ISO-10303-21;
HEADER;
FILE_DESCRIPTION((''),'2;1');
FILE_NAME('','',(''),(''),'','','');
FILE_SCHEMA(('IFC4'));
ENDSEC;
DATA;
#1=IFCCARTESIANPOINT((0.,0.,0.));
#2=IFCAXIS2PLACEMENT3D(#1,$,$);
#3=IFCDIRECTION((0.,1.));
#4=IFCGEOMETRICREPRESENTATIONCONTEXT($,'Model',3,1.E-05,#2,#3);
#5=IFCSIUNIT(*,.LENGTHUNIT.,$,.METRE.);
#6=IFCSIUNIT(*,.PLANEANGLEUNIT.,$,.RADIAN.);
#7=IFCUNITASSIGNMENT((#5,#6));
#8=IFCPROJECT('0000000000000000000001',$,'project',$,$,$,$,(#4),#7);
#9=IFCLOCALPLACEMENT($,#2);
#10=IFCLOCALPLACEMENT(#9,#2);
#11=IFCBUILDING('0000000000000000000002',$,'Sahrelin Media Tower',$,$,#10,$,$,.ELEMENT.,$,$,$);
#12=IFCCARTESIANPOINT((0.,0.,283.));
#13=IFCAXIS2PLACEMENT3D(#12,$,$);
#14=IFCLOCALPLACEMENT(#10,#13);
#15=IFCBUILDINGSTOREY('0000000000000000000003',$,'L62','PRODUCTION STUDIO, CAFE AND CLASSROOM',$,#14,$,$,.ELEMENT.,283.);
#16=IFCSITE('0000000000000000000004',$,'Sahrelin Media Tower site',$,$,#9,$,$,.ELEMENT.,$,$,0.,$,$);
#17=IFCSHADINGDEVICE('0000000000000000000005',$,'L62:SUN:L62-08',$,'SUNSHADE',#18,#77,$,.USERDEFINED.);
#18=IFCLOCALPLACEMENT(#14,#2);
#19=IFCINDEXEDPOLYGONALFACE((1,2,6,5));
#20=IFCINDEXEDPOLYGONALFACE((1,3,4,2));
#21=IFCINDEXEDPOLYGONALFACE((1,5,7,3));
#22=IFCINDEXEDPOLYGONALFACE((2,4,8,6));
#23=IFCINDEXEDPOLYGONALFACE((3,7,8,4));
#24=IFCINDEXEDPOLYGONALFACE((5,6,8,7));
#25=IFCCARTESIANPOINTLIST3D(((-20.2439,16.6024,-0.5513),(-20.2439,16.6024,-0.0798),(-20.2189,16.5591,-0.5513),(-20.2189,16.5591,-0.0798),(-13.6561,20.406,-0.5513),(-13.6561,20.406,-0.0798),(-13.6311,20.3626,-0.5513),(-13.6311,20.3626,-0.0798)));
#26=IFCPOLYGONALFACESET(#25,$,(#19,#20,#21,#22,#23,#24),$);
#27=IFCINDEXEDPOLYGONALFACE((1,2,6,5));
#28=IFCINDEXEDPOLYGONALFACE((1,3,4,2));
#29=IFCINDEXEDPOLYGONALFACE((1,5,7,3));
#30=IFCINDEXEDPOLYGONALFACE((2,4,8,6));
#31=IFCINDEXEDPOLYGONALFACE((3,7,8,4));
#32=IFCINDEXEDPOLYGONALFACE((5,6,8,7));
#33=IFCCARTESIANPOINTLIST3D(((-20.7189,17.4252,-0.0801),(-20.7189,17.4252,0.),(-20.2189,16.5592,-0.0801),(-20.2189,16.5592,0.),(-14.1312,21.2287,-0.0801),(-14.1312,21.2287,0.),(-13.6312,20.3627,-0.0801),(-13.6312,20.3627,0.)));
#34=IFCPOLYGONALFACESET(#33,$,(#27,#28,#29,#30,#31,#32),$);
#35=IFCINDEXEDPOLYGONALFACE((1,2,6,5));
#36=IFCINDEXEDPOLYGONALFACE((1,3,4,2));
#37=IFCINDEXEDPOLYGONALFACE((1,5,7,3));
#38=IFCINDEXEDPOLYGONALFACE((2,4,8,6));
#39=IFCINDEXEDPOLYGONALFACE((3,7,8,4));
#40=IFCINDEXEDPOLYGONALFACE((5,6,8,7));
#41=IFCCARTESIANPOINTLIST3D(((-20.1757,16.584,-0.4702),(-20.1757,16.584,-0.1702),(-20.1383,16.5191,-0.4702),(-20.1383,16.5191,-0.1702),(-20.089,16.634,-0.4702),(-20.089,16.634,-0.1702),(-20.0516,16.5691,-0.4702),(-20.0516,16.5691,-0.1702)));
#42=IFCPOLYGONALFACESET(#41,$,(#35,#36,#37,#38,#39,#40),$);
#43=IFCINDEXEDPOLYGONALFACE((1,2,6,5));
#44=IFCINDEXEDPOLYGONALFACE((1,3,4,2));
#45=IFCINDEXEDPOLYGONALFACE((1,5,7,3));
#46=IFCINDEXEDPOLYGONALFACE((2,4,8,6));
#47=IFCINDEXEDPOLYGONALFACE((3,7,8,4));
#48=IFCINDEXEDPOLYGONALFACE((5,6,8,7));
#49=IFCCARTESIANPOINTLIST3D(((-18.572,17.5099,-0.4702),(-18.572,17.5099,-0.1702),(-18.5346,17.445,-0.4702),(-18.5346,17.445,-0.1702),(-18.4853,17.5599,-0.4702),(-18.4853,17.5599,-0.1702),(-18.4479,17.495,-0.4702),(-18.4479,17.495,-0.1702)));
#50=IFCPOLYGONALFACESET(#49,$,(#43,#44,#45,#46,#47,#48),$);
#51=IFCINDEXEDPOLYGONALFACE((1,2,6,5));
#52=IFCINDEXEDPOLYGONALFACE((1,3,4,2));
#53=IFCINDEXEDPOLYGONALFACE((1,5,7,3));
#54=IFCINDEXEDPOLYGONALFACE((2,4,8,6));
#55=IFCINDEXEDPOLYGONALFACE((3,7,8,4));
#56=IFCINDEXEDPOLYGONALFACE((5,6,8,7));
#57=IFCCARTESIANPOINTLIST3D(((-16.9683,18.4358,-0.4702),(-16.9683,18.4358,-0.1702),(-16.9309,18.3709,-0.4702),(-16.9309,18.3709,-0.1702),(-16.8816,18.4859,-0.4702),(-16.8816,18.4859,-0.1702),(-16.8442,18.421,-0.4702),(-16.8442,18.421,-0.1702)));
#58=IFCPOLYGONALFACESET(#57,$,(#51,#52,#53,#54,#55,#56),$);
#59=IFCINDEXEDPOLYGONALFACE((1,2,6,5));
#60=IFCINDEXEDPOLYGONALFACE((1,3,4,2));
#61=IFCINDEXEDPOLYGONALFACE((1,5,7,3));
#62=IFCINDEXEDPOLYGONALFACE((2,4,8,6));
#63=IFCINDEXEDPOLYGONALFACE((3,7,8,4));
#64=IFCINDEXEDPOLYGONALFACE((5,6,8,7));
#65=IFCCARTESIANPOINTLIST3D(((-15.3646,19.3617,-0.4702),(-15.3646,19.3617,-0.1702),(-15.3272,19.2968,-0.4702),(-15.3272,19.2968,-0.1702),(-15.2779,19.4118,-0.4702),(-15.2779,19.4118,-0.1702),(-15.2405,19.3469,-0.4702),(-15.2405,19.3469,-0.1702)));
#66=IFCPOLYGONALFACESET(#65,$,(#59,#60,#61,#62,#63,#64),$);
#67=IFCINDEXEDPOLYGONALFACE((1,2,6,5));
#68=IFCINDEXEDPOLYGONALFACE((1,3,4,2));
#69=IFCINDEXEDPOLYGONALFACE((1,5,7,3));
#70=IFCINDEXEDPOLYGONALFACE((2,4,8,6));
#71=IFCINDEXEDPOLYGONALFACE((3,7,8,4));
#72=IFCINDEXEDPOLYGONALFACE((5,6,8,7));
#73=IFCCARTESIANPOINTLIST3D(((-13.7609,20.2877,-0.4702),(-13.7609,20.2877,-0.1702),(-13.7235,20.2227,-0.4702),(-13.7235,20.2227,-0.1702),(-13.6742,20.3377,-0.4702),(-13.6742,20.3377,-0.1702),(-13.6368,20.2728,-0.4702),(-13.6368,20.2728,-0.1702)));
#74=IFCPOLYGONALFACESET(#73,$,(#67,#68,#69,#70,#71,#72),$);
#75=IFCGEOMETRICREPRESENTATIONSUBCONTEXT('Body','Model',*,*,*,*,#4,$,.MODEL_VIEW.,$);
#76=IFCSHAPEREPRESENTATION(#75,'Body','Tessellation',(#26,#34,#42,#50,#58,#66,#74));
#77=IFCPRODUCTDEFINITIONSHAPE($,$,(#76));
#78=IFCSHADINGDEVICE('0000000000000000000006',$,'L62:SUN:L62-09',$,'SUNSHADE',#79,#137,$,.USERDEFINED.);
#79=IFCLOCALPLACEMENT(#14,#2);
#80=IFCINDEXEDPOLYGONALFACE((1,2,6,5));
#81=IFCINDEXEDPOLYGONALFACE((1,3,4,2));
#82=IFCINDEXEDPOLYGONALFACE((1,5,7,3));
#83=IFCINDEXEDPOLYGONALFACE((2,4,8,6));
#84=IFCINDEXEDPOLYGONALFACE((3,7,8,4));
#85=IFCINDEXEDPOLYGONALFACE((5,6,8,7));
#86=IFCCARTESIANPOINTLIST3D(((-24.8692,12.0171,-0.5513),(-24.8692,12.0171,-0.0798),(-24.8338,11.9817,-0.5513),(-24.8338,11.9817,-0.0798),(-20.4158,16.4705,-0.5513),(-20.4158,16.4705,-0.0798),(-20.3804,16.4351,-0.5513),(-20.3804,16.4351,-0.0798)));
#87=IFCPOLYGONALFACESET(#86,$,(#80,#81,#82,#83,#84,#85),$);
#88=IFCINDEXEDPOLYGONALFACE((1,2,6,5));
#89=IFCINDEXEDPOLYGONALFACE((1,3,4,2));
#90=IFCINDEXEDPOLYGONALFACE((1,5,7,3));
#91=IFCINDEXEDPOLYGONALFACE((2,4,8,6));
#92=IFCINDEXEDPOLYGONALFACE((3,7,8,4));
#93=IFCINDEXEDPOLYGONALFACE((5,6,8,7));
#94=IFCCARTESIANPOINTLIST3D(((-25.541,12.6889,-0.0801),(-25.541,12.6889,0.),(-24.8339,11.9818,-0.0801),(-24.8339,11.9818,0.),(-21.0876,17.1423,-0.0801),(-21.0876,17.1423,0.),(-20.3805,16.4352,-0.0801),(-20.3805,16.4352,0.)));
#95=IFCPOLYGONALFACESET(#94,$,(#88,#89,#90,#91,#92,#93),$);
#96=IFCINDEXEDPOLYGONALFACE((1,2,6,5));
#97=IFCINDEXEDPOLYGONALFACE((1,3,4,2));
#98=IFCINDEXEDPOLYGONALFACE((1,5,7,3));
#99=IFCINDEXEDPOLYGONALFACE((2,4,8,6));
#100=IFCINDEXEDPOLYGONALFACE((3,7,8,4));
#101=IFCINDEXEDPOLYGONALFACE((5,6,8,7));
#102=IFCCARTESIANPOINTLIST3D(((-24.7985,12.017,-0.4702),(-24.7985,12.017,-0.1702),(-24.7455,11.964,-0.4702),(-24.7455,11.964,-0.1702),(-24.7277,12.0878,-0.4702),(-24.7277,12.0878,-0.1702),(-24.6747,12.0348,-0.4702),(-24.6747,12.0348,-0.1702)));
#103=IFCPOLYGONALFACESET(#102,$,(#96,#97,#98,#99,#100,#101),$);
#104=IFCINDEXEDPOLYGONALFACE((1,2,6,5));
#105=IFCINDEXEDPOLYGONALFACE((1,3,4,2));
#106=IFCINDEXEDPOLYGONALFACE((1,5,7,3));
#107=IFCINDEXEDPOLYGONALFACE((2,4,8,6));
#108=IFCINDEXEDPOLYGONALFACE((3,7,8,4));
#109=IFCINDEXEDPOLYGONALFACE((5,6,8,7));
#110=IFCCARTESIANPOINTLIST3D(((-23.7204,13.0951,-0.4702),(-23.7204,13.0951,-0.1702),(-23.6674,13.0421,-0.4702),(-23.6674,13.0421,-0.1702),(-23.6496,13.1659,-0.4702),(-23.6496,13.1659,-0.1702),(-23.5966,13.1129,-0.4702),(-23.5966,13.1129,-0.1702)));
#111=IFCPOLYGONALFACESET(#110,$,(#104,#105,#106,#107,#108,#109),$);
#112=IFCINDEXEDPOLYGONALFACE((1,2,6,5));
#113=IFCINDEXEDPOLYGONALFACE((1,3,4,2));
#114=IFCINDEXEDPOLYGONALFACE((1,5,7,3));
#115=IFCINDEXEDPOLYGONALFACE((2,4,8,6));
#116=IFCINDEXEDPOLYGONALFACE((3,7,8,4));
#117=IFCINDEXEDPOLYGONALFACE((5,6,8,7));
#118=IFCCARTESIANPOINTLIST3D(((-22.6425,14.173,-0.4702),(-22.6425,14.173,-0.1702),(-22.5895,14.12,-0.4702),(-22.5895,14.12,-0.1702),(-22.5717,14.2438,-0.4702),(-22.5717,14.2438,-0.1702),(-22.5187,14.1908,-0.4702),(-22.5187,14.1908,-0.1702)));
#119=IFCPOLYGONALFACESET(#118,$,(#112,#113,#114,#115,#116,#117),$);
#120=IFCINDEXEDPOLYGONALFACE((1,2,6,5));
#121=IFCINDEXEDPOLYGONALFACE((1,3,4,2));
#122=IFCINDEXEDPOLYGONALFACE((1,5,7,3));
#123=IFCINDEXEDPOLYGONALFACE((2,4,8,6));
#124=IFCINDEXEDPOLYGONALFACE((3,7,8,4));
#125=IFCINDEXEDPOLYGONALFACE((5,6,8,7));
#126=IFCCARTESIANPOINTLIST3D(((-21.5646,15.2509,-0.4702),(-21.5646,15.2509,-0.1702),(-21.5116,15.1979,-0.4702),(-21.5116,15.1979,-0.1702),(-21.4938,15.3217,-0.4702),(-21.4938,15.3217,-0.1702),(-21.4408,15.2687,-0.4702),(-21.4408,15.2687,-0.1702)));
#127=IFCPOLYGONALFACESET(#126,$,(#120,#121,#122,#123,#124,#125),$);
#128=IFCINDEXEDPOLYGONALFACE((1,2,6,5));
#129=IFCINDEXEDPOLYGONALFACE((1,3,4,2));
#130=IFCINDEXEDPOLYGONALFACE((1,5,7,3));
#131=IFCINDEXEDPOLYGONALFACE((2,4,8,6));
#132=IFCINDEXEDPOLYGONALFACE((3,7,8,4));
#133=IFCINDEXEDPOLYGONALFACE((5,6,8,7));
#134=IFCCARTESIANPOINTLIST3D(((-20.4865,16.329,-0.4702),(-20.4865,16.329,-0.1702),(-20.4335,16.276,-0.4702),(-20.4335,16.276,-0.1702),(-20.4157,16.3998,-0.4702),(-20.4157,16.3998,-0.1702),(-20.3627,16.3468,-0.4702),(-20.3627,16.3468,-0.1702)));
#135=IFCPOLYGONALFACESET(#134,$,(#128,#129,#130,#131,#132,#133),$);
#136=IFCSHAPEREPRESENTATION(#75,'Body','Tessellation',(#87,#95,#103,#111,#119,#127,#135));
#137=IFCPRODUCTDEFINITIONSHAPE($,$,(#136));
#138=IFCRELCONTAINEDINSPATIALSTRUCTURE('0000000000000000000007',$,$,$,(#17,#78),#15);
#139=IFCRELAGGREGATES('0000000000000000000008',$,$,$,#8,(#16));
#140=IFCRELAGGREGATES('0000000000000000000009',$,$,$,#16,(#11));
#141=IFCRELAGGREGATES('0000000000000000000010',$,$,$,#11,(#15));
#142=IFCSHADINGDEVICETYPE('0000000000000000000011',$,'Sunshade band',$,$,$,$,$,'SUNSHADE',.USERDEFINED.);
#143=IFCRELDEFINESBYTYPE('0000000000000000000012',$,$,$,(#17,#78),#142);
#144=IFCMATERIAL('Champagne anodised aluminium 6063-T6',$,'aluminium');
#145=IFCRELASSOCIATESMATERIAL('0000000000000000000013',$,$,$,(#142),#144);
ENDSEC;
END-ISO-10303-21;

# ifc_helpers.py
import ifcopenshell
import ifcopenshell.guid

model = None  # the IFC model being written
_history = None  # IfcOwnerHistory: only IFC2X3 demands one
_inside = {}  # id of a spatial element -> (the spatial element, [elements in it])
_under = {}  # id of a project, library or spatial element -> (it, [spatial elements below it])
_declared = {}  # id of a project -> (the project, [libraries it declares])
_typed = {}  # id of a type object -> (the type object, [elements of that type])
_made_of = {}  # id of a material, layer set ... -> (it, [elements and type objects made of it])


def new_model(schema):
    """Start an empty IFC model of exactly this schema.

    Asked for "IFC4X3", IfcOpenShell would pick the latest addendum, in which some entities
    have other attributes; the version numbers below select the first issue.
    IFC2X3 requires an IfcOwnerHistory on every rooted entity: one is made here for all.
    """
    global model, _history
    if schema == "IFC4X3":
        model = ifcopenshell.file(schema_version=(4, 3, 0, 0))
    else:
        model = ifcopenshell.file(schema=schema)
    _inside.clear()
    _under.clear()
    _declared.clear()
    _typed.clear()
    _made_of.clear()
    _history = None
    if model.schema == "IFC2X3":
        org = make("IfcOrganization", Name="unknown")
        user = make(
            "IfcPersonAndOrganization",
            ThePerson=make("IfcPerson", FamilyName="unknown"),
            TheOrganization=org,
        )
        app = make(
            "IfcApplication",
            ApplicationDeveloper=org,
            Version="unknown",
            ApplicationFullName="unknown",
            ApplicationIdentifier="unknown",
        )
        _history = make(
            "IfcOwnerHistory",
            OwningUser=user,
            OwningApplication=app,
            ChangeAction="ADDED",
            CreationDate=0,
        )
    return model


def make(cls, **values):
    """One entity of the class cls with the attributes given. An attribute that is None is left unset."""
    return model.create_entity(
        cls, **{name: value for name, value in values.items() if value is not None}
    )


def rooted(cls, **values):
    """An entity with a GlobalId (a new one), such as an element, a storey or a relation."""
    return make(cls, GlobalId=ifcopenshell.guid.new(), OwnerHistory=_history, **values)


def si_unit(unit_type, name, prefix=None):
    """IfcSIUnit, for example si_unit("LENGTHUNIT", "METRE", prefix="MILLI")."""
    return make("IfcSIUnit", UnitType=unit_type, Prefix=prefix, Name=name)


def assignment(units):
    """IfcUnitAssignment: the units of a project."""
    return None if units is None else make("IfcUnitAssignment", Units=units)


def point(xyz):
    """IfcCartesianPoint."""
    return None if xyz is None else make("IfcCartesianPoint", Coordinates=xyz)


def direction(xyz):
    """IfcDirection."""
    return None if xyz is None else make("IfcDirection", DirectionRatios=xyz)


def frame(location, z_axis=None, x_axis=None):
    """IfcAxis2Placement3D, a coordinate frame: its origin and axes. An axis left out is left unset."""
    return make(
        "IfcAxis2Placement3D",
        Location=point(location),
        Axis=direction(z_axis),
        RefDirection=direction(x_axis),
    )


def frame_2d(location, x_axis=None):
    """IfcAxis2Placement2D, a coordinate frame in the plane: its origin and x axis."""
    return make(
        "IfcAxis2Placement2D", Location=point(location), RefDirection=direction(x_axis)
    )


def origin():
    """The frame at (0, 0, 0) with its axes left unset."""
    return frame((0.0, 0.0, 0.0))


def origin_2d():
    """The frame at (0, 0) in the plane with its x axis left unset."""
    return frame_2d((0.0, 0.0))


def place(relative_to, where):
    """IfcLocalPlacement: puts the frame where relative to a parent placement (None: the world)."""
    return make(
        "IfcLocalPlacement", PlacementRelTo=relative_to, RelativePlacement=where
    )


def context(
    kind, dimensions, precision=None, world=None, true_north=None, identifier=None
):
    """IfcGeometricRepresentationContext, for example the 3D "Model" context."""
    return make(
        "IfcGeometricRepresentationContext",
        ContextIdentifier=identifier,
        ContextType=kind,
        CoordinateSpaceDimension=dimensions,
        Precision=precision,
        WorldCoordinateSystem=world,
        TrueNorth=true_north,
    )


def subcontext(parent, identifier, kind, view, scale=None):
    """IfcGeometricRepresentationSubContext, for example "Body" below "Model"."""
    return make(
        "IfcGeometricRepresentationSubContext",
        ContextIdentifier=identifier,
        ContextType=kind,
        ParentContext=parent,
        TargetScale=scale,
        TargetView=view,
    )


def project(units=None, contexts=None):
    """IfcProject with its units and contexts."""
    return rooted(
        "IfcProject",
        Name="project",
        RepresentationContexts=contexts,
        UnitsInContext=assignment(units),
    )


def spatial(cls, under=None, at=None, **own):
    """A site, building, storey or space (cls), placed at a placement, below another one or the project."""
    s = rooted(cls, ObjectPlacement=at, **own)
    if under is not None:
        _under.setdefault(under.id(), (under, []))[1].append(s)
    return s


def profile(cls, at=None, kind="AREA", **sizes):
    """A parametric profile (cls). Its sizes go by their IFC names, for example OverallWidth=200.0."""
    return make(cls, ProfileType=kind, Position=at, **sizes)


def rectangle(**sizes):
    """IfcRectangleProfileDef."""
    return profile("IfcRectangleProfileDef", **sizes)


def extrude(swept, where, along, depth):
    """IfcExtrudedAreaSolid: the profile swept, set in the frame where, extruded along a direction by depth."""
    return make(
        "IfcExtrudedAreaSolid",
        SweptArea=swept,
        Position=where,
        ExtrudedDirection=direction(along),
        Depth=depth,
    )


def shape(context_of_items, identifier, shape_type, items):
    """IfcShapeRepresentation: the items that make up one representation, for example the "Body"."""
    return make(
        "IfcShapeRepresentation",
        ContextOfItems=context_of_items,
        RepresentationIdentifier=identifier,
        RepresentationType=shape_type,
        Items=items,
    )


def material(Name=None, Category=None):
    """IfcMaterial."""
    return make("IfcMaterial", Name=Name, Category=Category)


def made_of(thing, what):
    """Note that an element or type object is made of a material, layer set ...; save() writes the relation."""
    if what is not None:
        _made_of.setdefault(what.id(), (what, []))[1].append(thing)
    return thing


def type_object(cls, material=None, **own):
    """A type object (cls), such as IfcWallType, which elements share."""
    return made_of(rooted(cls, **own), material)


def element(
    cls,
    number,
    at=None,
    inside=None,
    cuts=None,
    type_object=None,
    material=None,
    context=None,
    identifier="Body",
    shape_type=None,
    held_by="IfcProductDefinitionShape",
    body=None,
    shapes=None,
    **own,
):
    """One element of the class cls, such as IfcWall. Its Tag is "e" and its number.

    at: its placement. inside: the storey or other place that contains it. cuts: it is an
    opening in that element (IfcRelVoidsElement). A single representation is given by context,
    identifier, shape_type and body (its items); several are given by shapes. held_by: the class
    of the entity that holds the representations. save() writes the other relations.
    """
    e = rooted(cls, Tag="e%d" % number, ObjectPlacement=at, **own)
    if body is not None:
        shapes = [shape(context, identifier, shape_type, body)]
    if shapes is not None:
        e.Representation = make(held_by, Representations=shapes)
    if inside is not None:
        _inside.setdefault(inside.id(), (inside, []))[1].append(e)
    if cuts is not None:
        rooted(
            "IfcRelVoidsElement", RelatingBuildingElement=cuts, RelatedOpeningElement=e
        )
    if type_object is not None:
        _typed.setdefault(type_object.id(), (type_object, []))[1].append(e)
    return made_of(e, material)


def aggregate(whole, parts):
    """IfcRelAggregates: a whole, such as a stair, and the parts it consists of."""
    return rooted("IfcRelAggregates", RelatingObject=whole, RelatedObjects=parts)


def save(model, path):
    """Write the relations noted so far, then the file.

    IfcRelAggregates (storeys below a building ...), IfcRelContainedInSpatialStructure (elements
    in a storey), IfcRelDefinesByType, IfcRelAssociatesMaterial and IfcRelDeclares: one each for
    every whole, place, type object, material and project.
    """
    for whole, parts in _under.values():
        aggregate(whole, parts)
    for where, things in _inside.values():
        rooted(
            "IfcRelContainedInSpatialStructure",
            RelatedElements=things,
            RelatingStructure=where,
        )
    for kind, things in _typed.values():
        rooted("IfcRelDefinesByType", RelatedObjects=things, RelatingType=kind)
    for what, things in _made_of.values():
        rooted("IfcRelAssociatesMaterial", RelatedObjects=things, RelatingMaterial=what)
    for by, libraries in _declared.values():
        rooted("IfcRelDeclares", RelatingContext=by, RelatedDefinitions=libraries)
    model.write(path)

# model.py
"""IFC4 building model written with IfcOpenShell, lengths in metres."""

from ifc_helpers import new_model, si_unit, direction, frame, origin, origin_2d, place, context, subcontext, project, spatial, rectangle, extrude, material, type_object, element, save


model = new_model("IFC4")

# Units and contexts
model_context = context("Model", 3, precision=1e-05, world=origin(), true_north=direction((0.0, 1.0)))
body_context = subcontext(model_context, "Body", "Model", "MODEL_VIEW")
ifc_project = project(units=[si_unit("LENGTHUNIT", "METRE"), si_unit("PLANEANGLEUNIT", "RADIAN")], contexts=[model_context])

# Site, building, storey
site_placement = place(None, origin())
site = spatial("IfcSite", under=ifc_project, at=site_placement, Name="Sahrelin Media Tower site", CompositionType="ELEMENT", RefElevation=0.0)
building_placement = place(site_placement, origin())
building = spatial("IfcBuilding", under=site, at=building_placement, Name="Sahrelin Media Tower", CompositionType="ELEMENT")
storey_placement = place(building_placement, frame((0.0, 0.0, 283.0)))
storey = spatial("IfcBuildingStorey", under=building, at=storey_placement, Name="L62", Description="PRODUCTION STUDIO, CAFE AND CLASSROOM", CompositionType="ELEMENT", Elevation=283.0)

# Shared definitions
ifc_material_1 = material(Name="Champagne anodised aluminium 6063-T6", Category="aluminium")

# Shading devices
placement_1 = place(storey_placement, frame((-16.915, 18.4436, 0.0), z_axis=(0.0, 0.0, 1.0), x_axis=(0.866019, 0.500011, 0.0)))
placement_2 = place(storey_placement, frame((-22.593, 14.1943, 0.0), z_axis=(0.0, 0.0, 1.0), x_axis=(0.707107, 0.707107, 0.0)))
shading_device_type_1 = type_object("IfcShadingDeviceType", Name="Sunshade band", ElementType="SUNSHADE", PredefinedType="USERDEFINED", material=ifc_material_1)
element("IfcShadingDevice", 1, at=placement_1, inside=storey, type_object=shading_device_type_1, Name="L62:SUN:L62-08", ObjectType="SUNSHADE", PredefinedType="USERDEFINED", context=body_context, shape_type="SweptSolid", body=[
    extrude(rectangle(XDim=7.6069, YDim=0.05, at=origin_2d()), frame((0.0, 0.0449, -0.5513)), (0.0, 0.0, 1.0), 0.4714),
    extrude(rectangle(XDim=7.6069, YDim=1.0, at=origin_2d()), frame((0.0, 0.52, -0.0801)), (0.0, 0.0, 1.0), 0.0801),
    extrude(rectangle(XDim=0.1001, YDim=0.075, at=origin_2d()), frame((-3.7036, -0.0176, -0.4702)), (0.0, 0.0, 1.0), 0.3),
    extrude(rectangle(XDim=0.1001, YDim=0.075, at=origin_2d()), frame((-1.8518, -0.0176, -0.4702)), (0.0, 0.0, 1.0), 0.3),
    extrude(rectangle(XDim=0.1001, YDim=0.075, at=origin_2d()), frame((0.0, -0.0176, -0.4702)), (0.0, 0.0, 1.0), 0.3),
    extrude(rectangle(XDim=0.1001, YDim=0.075, at=origin_2d()), frame((1.8518, -0.0176, -0.4702)), (0.0, 0.0, 1.0), 0.3),
    extrude(rectangle(XDim=0.1001, YDim=0.075, at=origin_2d()), frame((3.7036, -0.0176, -0.4702)), (0.0, 0.0, 1.0), 0.3),
])
element("IfcShadingDevice", 2, at=placement_2, inside=storey, type_object=shading_device_type_1, Name="L62:SUN:L62-09", ObjectType="SUNSHADE", PredefinedType="USERDEFINED", context=body_context, shape_type="SweptSolid", body=[
    extrude(rectangle(XDim=6.2981, YDim=0.05, at=origin_2d()), frame((0.0, 0.0449, -0.5513)), (0.0, 0.0, 1.0), 0.4714),
    extrude(rectangle(XDim=6.2981, YDim=1.0, at=origin_2d()), frame((0.0, 0.52, -0.0801)), (0.0, 0.0, 1.0), 0.0801),
    extrude(rectangle(XDim=0.1001, YDim=0.075, at=origin_2d()), frame((-3.0491, -0.0176, -0.4702)), (0.0, 0.0, 1.0), 0.3),
    extrude(rectangle(XDim=0.1001, YDim=0.075, at=origin_2d()), frame((-1.5244, -0.0176, -0.4702)), (0.0, 0.0, 1.0), 0.3),
    extrude(rectangle(XDim=0.1001, YDim=0.075, at=origin_2d()), frame((0.0, -0.0176, -0.4702)), (0.0, 0.0, 1.0), 0.3),
    extrude(rectangle(XDim=0.1001, YDim=0.075, at=origin_2d()), frame((1.5244, -0.0176, -0.4702)), (0.0, 0.0, 1.0), 0.3),
    extrude(rectangle(XDim=0.1001, YDim=0.075, at=origin_2d()), frame((3.0491, -0.0176, -0.4702)), (0.0, 0.0, 1.0), 0.3),
])

save(model, "model.ifc")
